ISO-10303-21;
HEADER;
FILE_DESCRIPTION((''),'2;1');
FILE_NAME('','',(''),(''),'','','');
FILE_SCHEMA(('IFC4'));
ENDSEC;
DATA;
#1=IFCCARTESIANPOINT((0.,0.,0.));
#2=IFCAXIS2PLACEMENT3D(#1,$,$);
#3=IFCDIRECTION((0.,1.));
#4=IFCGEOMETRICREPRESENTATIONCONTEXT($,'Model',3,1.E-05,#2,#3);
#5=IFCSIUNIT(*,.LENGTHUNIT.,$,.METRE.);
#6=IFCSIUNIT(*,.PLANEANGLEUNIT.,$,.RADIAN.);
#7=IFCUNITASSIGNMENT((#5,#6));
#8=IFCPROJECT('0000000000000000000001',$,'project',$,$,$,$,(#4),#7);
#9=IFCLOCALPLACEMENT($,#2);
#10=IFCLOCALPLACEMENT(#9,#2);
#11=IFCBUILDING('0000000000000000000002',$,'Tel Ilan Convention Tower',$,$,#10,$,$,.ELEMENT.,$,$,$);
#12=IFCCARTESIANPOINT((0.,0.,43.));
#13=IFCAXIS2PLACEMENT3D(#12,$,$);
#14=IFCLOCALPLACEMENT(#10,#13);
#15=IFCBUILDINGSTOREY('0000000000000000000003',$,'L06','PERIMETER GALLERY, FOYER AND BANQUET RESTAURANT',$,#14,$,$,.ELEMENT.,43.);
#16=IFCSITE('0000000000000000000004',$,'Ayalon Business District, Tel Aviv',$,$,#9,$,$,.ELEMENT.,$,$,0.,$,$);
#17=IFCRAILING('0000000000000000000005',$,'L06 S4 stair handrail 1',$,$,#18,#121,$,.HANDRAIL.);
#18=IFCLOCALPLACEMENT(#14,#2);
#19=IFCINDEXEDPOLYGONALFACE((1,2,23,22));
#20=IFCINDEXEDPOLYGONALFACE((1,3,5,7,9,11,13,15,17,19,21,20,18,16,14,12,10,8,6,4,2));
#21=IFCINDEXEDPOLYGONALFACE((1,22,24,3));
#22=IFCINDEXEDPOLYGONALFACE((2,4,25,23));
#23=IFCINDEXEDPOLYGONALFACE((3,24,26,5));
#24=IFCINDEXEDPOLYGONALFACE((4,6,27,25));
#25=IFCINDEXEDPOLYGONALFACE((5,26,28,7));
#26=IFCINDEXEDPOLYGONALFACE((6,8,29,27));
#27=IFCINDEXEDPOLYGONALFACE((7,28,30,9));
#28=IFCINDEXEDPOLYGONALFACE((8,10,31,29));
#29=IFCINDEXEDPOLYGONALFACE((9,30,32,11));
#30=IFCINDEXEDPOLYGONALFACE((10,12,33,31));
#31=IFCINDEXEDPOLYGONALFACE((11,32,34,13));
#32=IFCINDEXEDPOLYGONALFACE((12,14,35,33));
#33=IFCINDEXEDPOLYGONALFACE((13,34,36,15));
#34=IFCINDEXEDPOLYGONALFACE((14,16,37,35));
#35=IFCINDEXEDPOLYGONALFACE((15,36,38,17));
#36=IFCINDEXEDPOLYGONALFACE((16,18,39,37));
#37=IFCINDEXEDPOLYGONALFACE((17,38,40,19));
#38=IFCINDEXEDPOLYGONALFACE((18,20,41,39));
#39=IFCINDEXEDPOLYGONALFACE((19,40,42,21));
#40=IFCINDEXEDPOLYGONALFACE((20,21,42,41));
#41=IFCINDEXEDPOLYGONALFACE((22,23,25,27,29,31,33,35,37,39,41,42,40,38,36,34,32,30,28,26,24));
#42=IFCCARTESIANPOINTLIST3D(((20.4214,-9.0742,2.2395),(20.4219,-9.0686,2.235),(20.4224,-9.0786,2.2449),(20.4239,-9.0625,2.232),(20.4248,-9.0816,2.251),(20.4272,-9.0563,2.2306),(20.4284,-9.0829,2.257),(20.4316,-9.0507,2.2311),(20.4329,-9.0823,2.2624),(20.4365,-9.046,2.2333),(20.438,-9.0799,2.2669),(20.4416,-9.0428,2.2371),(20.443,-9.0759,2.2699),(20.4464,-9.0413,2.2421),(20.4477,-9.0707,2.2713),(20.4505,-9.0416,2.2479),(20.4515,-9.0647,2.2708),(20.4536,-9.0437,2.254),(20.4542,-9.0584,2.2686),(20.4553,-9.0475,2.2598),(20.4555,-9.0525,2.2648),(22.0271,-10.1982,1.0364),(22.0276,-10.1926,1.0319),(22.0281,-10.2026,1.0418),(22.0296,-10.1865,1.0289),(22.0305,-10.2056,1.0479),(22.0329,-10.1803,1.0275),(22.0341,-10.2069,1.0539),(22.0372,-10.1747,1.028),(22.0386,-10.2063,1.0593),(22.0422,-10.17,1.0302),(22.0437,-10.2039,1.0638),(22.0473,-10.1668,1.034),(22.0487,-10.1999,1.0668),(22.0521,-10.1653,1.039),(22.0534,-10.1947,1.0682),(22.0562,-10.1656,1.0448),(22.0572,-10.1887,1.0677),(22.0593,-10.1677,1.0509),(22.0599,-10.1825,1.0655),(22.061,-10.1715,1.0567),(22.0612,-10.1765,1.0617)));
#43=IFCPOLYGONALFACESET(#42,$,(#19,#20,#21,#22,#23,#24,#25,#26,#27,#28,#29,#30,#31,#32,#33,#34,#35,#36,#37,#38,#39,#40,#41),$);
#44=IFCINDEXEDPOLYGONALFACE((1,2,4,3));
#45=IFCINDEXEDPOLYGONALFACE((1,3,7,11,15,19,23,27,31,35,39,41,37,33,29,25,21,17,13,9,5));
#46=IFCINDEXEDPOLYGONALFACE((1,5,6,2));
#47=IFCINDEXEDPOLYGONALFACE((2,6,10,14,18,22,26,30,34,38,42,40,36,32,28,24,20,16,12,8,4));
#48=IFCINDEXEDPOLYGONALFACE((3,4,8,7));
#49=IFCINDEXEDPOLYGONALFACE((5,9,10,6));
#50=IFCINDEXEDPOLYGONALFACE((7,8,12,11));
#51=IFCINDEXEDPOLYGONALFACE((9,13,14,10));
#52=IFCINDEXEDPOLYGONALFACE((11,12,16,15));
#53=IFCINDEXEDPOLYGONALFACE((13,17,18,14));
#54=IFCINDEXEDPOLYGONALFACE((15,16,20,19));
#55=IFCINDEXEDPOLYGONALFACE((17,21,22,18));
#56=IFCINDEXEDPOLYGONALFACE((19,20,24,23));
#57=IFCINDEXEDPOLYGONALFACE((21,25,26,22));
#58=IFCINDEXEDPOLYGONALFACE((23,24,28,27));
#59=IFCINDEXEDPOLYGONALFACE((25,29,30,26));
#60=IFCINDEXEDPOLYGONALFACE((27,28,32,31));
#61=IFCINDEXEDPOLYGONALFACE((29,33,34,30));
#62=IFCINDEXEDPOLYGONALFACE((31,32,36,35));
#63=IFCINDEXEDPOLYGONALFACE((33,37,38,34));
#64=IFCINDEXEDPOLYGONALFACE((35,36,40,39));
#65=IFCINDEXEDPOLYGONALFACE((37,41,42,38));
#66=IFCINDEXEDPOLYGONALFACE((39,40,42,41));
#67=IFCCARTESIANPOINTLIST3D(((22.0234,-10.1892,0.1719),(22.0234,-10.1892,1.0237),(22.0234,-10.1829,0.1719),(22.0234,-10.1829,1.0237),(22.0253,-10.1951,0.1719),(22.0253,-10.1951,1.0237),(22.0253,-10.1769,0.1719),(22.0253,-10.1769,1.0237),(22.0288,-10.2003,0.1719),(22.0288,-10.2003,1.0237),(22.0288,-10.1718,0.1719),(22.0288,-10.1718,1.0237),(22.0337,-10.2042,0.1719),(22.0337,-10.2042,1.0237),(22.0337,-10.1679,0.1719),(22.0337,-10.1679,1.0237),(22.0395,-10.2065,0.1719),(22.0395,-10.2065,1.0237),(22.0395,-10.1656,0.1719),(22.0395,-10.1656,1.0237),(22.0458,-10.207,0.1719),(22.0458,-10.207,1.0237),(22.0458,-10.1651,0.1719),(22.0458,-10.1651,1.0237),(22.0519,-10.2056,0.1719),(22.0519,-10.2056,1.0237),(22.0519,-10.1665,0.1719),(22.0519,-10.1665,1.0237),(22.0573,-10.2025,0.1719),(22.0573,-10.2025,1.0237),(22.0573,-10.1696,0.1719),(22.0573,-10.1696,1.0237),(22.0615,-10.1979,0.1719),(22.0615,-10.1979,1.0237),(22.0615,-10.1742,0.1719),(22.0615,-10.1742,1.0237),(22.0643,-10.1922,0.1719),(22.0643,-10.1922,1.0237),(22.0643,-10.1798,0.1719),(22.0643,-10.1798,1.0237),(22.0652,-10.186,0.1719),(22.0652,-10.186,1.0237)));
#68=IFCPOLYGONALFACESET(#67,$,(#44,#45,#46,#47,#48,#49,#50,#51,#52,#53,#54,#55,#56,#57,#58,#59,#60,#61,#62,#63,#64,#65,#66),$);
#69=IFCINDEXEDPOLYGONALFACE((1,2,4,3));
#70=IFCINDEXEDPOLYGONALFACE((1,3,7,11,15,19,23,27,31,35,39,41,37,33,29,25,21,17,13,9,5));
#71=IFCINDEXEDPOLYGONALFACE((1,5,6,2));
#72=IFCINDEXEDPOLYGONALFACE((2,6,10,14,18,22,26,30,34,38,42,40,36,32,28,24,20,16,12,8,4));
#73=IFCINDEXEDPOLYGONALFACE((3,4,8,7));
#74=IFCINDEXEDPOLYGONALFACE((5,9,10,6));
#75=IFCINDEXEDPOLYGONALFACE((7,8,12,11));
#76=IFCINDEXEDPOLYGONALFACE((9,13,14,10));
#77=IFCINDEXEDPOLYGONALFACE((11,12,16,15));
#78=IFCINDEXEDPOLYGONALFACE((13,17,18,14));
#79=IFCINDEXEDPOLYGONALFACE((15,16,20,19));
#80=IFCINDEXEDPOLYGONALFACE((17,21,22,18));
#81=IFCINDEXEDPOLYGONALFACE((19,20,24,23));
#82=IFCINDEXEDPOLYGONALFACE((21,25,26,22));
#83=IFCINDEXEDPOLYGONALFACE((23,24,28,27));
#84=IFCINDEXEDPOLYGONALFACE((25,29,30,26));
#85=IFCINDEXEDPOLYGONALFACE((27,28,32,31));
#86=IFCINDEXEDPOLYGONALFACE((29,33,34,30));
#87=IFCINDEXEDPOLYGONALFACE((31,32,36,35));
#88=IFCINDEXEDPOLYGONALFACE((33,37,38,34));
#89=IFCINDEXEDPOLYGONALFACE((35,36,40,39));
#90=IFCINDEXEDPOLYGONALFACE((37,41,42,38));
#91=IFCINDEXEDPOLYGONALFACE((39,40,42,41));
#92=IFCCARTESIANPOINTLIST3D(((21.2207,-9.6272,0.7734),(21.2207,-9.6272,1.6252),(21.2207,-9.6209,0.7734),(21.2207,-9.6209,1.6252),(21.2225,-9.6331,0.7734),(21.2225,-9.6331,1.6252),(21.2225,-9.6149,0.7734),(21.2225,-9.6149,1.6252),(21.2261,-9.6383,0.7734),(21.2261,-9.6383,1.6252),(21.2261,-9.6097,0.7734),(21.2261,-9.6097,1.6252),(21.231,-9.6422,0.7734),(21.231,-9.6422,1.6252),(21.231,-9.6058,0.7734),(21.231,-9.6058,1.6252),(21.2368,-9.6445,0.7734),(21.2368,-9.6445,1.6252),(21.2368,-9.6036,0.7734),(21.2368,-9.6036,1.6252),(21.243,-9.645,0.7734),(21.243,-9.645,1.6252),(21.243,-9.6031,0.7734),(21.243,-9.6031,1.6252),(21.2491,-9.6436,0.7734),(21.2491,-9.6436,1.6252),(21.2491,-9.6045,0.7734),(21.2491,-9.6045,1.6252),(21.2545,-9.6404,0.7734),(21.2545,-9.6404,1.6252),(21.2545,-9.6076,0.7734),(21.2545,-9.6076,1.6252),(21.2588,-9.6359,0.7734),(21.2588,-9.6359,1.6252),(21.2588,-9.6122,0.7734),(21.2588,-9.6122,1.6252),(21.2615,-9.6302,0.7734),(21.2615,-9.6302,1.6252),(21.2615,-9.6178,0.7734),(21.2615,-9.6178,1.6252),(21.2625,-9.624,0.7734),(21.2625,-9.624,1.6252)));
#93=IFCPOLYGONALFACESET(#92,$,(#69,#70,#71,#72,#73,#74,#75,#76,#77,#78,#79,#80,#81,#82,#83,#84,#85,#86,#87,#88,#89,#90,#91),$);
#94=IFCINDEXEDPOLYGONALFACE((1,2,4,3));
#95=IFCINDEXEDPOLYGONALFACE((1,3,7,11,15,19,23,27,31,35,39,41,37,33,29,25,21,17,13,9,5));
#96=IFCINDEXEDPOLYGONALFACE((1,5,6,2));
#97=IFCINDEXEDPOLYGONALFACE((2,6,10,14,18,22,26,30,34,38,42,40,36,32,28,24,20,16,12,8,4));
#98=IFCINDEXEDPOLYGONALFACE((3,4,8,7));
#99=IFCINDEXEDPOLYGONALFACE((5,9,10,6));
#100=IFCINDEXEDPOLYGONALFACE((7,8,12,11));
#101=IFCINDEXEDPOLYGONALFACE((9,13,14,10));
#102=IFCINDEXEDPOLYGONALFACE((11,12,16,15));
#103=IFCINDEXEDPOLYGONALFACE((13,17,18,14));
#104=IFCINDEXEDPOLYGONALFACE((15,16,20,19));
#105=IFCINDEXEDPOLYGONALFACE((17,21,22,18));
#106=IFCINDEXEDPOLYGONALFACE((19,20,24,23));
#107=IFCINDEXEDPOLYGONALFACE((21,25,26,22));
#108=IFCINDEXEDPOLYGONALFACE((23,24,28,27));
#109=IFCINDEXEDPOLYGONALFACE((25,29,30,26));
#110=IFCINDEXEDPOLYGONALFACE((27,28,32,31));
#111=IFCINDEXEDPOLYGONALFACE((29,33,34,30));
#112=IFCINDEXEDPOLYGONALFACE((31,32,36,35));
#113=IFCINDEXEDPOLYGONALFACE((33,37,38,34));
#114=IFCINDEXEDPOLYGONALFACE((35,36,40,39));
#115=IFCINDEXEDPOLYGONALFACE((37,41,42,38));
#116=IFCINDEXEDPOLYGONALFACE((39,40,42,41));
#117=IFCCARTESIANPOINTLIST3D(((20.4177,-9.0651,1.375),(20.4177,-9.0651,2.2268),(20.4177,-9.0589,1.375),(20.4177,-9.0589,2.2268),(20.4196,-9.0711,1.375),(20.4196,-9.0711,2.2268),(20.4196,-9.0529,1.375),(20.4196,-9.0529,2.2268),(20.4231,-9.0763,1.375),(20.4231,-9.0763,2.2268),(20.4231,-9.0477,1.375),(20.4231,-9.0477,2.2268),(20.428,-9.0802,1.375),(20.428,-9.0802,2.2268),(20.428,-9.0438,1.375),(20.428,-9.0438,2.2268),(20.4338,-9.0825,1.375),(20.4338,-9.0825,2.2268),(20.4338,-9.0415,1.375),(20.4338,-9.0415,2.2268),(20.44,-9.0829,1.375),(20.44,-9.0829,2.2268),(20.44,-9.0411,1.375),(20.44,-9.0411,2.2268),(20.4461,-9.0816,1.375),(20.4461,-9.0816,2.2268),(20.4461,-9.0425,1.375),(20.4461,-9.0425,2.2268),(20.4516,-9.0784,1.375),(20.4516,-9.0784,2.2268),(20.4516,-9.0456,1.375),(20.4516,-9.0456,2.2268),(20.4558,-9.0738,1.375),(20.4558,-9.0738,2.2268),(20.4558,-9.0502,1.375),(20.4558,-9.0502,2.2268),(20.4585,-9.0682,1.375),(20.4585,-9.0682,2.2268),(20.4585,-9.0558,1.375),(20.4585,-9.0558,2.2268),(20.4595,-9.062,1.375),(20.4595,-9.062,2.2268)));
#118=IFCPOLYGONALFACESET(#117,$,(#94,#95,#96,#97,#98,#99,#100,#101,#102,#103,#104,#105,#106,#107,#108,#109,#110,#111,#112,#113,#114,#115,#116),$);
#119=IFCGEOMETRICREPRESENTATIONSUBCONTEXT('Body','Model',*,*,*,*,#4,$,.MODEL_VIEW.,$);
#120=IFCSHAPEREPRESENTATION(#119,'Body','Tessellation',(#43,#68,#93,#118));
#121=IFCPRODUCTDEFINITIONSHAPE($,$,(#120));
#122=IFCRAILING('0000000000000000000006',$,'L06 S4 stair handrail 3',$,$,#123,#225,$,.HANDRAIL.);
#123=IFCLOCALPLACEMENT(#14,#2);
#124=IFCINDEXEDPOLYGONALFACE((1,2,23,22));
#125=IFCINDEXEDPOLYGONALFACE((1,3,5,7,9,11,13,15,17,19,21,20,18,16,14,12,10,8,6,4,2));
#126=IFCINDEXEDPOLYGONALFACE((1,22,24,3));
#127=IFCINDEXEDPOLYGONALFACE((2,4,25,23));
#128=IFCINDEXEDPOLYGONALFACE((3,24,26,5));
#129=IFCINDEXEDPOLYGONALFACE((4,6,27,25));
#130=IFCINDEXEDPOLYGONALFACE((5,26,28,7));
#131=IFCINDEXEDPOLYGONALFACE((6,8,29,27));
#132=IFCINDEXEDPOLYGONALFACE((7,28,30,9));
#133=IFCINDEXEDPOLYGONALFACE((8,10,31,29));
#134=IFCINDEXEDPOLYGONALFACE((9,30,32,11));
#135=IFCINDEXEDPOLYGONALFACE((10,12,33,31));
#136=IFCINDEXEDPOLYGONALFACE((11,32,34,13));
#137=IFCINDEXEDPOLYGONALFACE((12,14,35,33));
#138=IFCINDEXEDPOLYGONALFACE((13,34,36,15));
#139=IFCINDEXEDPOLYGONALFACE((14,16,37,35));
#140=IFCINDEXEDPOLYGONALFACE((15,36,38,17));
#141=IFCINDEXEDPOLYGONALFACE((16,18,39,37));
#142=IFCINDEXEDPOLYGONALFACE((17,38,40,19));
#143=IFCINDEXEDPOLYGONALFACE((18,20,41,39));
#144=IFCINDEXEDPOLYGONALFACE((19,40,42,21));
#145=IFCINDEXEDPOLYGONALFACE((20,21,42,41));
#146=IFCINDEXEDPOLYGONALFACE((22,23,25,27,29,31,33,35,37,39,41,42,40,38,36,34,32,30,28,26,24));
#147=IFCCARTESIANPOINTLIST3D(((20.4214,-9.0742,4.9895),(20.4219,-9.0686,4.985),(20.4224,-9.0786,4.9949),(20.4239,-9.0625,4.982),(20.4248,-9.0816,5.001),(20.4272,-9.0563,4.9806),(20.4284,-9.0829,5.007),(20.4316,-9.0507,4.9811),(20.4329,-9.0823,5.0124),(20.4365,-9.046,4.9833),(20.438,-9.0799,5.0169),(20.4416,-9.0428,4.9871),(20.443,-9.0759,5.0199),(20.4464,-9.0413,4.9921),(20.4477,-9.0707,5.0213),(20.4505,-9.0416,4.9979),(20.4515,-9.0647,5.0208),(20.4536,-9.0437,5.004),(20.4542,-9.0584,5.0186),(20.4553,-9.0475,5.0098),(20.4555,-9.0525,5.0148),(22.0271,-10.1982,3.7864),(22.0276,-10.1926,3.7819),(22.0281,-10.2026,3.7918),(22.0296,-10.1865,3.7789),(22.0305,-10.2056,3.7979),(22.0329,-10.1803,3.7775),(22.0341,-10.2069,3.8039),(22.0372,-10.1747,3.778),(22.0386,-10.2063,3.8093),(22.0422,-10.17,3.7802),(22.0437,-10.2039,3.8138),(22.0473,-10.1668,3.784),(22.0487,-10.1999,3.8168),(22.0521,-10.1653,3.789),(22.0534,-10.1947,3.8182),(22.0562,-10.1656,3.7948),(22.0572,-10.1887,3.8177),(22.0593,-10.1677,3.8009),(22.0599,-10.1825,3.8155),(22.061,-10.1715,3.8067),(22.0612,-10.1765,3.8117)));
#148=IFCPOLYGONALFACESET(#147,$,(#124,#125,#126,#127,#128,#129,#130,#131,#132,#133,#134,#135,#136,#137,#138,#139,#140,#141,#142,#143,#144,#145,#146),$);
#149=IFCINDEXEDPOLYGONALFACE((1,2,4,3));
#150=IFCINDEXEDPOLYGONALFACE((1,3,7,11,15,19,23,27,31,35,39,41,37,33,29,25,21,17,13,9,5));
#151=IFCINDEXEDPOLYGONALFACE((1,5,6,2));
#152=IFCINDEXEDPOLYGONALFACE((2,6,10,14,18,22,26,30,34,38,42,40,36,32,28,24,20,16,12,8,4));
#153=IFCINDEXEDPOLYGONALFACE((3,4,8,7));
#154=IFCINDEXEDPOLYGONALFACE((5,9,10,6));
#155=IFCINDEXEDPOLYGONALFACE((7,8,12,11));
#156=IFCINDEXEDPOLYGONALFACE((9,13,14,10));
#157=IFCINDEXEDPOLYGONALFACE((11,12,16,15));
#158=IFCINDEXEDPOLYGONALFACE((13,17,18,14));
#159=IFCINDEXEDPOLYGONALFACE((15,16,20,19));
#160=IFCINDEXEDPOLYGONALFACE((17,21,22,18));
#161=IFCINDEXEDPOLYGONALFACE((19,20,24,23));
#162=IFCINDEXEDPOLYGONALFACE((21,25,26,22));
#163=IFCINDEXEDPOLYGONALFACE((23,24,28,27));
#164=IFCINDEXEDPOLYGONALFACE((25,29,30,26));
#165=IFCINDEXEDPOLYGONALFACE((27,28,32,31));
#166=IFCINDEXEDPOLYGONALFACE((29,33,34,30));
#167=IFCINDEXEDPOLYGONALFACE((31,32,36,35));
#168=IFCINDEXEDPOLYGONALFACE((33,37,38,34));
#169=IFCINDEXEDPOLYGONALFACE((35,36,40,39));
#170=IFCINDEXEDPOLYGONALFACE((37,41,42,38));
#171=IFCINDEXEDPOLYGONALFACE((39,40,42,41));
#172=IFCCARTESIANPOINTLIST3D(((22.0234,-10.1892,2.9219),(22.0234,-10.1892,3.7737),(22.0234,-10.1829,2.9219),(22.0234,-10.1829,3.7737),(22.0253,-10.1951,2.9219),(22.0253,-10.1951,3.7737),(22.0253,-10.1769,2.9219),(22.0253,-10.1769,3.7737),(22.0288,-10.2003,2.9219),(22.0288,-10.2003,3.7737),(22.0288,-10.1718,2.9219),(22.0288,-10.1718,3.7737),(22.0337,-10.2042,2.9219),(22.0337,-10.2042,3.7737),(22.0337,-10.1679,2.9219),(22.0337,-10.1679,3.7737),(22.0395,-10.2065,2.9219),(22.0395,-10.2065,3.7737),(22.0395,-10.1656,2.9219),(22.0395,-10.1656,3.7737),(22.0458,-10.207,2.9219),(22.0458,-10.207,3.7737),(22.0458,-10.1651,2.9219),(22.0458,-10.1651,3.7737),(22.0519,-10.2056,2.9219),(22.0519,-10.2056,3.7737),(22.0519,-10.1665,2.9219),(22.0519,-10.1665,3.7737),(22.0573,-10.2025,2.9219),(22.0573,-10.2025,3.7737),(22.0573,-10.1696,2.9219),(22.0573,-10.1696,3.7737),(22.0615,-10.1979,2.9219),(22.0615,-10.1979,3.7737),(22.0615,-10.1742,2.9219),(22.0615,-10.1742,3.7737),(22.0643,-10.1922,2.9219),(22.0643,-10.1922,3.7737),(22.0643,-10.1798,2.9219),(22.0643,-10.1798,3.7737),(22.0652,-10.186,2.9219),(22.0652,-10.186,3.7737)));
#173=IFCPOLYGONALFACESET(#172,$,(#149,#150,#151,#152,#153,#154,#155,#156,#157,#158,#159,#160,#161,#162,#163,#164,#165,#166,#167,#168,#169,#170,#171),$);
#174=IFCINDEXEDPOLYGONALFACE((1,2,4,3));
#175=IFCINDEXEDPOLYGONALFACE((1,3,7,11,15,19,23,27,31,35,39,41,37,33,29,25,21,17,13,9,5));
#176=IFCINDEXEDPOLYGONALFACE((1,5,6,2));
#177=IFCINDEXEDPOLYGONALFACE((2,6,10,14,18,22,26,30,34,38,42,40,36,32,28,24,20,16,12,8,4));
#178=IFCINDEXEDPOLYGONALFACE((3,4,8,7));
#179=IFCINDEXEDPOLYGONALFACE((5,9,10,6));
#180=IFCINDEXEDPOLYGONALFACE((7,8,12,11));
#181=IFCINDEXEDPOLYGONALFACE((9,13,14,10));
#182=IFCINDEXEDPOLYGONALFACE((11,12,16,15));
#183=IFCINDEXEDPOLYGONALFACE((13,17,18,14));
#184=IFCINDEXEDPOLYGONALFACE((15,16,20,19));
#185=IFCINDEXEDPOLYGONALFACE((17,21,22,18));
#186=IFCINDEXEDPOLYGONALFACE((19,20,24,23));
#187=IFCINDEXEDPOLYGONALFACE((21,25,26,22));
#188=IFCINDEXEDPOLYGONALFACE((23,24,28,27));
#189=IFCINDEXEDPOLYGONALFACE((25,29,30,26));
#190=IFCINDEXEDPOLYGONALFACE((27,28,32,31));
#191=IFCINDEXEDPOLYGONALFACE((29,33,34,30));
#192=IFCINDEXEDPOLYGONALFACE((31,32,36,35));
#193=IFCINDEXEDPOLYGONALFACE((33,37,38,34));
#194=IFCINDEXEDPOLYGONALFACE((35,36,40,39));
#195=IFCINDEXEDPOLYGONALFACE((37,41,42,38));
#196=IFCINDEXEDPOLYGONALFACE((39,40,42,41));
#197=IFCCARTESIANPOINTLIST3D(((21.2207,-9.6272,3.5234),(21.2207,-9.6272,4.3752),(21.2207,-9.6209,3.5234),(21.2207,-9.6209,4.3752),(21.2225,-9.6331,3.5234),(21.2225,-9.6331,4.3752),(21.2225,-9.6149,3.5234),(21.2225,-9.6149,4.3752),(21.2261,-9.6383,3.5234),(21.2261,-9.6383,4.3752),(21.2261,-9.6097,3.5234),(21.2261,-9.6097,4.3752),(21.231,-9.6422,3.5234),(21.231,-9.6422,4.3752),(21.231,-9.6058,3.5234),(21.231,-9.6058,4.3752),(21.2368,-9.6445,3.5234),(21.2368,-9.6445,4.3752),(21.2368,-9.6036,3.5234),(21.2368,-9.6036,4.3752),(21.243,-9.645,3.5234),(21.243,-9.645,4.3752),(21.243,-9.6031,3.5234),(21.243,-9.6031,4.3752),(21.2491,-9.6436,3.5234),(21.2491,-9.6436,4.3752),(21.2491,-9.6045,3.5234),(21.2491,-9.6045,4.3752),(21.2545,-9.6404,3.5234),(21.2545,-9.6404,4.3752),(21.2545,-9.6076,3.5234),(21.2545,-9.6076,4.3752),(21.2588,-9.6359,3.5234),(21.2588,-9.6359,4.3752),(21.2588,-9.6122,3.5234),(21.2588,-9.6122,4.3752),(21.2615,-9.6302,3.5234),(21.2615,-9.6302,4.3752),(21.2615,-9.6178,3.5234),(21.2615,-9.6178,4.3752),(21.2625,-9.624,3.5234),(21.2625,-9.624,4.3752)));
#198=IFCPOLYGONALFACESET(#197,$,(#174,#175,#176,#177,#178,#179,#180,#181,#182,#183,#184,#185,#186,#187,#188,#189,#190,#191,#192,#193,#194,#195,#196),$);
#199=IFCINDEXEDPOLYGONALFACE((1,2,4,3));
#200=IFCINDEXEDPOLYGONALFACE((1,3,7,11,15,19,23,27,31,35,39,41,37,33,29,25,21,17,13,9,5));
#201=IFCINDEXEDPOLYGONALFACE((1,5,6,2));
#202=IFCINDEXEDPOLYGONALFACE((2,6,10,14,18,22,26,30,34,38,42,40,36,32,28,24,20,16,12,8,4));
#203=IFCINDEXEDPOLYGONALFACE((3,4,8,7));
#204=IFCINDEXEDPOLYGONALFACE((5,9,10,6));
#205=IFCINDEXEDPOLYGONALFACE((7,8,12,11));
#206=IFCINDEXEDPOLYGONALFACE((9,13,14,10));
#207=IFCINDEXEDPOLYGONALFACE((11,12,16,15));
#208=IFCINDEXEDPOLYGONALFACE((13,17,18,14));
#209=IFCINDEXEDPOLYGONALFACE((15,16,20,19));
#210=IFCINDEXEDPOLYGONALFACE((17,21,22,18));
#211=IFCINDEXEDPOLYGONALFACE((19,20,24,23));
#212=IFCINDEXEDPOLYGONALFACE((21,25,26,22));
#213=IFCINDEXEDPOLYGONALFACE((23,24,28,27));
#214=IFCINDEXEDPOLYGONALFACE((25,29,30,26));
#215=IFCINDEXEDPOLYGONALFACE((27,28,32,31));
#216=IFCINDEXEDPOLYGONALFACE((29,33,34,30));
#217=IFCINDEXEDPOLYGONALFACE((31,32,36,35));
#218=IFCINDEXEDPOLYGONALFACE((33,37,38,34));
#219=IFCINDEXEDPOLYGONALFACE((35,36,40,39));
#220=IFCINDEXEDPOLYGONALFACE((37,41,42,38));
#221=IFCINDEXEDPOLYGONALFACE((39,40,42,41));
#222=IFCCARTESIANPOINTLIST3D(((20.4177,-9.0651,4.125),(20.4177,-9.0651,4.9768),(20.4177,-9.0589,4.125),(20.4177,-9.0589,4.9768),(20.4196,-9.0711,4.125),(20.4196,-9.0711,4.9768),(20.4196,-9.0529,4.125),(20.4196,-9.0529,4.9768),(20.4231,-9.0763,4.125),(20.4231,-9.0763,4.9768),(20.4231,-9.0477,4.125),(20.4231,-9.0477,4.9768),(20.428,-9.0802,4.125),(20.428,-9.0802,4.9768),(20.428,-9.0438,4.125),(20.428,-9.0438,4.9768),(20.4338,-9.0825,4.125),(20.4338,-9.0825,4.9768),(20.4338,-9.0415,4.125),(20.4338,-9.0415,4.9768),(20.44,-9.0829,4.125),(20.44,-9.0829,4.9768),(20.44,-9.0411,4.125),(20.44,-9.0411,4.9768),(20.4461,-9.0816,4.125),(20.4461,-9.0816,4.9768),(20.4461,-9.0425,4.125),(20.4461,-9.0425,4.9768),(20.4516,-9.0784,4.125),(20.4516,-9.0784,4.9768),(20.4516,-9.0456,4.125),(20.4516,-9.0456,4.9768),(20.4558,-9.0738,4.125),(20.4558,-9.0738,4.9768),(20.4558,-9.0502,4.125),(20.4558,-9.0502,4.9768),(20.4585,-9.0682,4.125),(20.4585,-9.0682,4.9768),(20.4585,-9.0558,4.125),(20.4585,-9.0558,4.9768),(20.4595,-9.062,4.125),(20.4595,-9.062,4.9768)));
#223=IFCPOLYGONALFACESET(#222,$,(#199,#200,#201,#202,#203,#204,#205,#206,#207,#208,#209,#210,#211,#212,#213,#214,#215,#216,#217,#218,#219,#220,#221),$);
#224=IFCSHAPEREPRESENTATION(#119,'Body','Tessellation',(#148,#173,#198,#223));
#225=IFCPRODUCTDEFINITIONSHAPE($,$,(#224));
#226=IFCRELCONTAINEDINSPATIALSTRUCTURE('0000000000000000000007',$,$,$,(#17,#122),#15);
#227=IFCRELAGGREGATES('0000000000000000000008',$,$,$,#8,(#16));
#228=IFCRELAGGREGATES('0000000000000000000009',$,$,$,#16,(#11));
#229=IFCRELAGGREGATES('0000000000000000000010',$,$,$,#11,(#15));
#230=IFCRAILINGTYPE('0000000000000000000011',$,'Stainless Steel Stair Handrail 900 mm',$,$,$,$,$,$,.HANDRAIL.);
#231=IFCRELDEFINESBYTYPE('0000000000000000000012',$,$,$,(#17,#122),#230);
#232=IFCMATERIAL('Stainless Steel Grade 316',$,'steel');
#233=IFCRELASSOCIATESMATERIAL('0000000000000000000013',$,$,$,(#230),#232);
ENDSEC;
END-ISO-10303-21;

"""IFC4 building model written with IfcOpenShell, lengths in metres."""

from ifc_helpers import new_model, si_unit, direction, frame, origin, origin_2d, place, context, subcontext, project, spatial, circle, extrude, material, type_object, element, save


model = new_model("IFC4")

# Units and contexts
model_context = context("Model", 3, precision=1e-05, world=origin(), true_north=direction((0.0, 1.0)))
body_context = subcontext(model_context, "Body", "Model", "MODEL_VIEW")
ifc_project = project(units=[si_unit("LENGTHUNIT", "METRE"), si_unit("PLANEANGLEUNIT", "RADIAN")], contexts=[model_context])

# Site, building, storey
site_placement = place(None, origin())
site = spatial("IfcSite", under=ifc_project, at=site_placement, Name="Ayalon Business District, Tel Aviv", CompositionType="ELEMENT", RefElevation=0.0)
building_placement = place(site_placement, origin())
building = spatial("IfcBuilding", under=site, at=building_placement, Name="Tel Ilan Convention Tower", CompositionType="ELEMENT")
storey_placement = place(building_placement, frame((0.0, 0.0, 43.0)))
storey = spatial("IfcBuildingStorey", under=building, at=storey_placement, Name="L06", Description="PERIMETER GALLERY, FOYER AND BANQUET RESTAURANT", CompositionType="ELEMENT", Elevation=43.0)

# Railings
ifc_material_1 = material(Name="Stainless Steel Grade 316", Category="steel")
railing_type_1 = type_object("IfcRailingType", Name="Stainless Steel Stair Handrail 900 mm", PredefinedType="HANDRAIL", material=ifc_material_1)
for number, where, name in (
    (1, (22.0442, -10.186, 0.1719), "L06 S4 stair handrail 1"),
    (2, (22.0442, -10.186, 2.9219), "L06 S4 stair handrail 3"),
):
    element("IfcRailing", number, at=place(storey_placement, frame(where)), inside=storey, type_object=railing_type_1, Name=name, PredefinedType="HANDRAIL", context=body_context, shape_type="SweptSolid", body=[
        extrude(circle(Radius=0.0239, at=origin_2d()), frame((0.0, 0.0, 0.876), z_axis=(-0.698185, 0.48874, 0.523135), x_axis=(-0.573471, -0.819226, 0.0)), (0.0, 0.0, 1.0), 2.2998),
        extrude(circle(Radius=0.021, at=origin_2d()), origin(), (0.0, 0.0, 1.0), 0.8518),
        extrude(circle(Radius=0.021, at=origin_2d()), frame((-0.8027, 0.562, 0.6016)), (0.0, 0.0, 1.0), 0.8518),
        extrude(circle(Radius=0.021, at=origin_2d()), frame((-1.6057, 1.124, 1.2031)), (0.0, 0.0, 1.0), 0.8518),
    ])

save(model, "model.ifc")
